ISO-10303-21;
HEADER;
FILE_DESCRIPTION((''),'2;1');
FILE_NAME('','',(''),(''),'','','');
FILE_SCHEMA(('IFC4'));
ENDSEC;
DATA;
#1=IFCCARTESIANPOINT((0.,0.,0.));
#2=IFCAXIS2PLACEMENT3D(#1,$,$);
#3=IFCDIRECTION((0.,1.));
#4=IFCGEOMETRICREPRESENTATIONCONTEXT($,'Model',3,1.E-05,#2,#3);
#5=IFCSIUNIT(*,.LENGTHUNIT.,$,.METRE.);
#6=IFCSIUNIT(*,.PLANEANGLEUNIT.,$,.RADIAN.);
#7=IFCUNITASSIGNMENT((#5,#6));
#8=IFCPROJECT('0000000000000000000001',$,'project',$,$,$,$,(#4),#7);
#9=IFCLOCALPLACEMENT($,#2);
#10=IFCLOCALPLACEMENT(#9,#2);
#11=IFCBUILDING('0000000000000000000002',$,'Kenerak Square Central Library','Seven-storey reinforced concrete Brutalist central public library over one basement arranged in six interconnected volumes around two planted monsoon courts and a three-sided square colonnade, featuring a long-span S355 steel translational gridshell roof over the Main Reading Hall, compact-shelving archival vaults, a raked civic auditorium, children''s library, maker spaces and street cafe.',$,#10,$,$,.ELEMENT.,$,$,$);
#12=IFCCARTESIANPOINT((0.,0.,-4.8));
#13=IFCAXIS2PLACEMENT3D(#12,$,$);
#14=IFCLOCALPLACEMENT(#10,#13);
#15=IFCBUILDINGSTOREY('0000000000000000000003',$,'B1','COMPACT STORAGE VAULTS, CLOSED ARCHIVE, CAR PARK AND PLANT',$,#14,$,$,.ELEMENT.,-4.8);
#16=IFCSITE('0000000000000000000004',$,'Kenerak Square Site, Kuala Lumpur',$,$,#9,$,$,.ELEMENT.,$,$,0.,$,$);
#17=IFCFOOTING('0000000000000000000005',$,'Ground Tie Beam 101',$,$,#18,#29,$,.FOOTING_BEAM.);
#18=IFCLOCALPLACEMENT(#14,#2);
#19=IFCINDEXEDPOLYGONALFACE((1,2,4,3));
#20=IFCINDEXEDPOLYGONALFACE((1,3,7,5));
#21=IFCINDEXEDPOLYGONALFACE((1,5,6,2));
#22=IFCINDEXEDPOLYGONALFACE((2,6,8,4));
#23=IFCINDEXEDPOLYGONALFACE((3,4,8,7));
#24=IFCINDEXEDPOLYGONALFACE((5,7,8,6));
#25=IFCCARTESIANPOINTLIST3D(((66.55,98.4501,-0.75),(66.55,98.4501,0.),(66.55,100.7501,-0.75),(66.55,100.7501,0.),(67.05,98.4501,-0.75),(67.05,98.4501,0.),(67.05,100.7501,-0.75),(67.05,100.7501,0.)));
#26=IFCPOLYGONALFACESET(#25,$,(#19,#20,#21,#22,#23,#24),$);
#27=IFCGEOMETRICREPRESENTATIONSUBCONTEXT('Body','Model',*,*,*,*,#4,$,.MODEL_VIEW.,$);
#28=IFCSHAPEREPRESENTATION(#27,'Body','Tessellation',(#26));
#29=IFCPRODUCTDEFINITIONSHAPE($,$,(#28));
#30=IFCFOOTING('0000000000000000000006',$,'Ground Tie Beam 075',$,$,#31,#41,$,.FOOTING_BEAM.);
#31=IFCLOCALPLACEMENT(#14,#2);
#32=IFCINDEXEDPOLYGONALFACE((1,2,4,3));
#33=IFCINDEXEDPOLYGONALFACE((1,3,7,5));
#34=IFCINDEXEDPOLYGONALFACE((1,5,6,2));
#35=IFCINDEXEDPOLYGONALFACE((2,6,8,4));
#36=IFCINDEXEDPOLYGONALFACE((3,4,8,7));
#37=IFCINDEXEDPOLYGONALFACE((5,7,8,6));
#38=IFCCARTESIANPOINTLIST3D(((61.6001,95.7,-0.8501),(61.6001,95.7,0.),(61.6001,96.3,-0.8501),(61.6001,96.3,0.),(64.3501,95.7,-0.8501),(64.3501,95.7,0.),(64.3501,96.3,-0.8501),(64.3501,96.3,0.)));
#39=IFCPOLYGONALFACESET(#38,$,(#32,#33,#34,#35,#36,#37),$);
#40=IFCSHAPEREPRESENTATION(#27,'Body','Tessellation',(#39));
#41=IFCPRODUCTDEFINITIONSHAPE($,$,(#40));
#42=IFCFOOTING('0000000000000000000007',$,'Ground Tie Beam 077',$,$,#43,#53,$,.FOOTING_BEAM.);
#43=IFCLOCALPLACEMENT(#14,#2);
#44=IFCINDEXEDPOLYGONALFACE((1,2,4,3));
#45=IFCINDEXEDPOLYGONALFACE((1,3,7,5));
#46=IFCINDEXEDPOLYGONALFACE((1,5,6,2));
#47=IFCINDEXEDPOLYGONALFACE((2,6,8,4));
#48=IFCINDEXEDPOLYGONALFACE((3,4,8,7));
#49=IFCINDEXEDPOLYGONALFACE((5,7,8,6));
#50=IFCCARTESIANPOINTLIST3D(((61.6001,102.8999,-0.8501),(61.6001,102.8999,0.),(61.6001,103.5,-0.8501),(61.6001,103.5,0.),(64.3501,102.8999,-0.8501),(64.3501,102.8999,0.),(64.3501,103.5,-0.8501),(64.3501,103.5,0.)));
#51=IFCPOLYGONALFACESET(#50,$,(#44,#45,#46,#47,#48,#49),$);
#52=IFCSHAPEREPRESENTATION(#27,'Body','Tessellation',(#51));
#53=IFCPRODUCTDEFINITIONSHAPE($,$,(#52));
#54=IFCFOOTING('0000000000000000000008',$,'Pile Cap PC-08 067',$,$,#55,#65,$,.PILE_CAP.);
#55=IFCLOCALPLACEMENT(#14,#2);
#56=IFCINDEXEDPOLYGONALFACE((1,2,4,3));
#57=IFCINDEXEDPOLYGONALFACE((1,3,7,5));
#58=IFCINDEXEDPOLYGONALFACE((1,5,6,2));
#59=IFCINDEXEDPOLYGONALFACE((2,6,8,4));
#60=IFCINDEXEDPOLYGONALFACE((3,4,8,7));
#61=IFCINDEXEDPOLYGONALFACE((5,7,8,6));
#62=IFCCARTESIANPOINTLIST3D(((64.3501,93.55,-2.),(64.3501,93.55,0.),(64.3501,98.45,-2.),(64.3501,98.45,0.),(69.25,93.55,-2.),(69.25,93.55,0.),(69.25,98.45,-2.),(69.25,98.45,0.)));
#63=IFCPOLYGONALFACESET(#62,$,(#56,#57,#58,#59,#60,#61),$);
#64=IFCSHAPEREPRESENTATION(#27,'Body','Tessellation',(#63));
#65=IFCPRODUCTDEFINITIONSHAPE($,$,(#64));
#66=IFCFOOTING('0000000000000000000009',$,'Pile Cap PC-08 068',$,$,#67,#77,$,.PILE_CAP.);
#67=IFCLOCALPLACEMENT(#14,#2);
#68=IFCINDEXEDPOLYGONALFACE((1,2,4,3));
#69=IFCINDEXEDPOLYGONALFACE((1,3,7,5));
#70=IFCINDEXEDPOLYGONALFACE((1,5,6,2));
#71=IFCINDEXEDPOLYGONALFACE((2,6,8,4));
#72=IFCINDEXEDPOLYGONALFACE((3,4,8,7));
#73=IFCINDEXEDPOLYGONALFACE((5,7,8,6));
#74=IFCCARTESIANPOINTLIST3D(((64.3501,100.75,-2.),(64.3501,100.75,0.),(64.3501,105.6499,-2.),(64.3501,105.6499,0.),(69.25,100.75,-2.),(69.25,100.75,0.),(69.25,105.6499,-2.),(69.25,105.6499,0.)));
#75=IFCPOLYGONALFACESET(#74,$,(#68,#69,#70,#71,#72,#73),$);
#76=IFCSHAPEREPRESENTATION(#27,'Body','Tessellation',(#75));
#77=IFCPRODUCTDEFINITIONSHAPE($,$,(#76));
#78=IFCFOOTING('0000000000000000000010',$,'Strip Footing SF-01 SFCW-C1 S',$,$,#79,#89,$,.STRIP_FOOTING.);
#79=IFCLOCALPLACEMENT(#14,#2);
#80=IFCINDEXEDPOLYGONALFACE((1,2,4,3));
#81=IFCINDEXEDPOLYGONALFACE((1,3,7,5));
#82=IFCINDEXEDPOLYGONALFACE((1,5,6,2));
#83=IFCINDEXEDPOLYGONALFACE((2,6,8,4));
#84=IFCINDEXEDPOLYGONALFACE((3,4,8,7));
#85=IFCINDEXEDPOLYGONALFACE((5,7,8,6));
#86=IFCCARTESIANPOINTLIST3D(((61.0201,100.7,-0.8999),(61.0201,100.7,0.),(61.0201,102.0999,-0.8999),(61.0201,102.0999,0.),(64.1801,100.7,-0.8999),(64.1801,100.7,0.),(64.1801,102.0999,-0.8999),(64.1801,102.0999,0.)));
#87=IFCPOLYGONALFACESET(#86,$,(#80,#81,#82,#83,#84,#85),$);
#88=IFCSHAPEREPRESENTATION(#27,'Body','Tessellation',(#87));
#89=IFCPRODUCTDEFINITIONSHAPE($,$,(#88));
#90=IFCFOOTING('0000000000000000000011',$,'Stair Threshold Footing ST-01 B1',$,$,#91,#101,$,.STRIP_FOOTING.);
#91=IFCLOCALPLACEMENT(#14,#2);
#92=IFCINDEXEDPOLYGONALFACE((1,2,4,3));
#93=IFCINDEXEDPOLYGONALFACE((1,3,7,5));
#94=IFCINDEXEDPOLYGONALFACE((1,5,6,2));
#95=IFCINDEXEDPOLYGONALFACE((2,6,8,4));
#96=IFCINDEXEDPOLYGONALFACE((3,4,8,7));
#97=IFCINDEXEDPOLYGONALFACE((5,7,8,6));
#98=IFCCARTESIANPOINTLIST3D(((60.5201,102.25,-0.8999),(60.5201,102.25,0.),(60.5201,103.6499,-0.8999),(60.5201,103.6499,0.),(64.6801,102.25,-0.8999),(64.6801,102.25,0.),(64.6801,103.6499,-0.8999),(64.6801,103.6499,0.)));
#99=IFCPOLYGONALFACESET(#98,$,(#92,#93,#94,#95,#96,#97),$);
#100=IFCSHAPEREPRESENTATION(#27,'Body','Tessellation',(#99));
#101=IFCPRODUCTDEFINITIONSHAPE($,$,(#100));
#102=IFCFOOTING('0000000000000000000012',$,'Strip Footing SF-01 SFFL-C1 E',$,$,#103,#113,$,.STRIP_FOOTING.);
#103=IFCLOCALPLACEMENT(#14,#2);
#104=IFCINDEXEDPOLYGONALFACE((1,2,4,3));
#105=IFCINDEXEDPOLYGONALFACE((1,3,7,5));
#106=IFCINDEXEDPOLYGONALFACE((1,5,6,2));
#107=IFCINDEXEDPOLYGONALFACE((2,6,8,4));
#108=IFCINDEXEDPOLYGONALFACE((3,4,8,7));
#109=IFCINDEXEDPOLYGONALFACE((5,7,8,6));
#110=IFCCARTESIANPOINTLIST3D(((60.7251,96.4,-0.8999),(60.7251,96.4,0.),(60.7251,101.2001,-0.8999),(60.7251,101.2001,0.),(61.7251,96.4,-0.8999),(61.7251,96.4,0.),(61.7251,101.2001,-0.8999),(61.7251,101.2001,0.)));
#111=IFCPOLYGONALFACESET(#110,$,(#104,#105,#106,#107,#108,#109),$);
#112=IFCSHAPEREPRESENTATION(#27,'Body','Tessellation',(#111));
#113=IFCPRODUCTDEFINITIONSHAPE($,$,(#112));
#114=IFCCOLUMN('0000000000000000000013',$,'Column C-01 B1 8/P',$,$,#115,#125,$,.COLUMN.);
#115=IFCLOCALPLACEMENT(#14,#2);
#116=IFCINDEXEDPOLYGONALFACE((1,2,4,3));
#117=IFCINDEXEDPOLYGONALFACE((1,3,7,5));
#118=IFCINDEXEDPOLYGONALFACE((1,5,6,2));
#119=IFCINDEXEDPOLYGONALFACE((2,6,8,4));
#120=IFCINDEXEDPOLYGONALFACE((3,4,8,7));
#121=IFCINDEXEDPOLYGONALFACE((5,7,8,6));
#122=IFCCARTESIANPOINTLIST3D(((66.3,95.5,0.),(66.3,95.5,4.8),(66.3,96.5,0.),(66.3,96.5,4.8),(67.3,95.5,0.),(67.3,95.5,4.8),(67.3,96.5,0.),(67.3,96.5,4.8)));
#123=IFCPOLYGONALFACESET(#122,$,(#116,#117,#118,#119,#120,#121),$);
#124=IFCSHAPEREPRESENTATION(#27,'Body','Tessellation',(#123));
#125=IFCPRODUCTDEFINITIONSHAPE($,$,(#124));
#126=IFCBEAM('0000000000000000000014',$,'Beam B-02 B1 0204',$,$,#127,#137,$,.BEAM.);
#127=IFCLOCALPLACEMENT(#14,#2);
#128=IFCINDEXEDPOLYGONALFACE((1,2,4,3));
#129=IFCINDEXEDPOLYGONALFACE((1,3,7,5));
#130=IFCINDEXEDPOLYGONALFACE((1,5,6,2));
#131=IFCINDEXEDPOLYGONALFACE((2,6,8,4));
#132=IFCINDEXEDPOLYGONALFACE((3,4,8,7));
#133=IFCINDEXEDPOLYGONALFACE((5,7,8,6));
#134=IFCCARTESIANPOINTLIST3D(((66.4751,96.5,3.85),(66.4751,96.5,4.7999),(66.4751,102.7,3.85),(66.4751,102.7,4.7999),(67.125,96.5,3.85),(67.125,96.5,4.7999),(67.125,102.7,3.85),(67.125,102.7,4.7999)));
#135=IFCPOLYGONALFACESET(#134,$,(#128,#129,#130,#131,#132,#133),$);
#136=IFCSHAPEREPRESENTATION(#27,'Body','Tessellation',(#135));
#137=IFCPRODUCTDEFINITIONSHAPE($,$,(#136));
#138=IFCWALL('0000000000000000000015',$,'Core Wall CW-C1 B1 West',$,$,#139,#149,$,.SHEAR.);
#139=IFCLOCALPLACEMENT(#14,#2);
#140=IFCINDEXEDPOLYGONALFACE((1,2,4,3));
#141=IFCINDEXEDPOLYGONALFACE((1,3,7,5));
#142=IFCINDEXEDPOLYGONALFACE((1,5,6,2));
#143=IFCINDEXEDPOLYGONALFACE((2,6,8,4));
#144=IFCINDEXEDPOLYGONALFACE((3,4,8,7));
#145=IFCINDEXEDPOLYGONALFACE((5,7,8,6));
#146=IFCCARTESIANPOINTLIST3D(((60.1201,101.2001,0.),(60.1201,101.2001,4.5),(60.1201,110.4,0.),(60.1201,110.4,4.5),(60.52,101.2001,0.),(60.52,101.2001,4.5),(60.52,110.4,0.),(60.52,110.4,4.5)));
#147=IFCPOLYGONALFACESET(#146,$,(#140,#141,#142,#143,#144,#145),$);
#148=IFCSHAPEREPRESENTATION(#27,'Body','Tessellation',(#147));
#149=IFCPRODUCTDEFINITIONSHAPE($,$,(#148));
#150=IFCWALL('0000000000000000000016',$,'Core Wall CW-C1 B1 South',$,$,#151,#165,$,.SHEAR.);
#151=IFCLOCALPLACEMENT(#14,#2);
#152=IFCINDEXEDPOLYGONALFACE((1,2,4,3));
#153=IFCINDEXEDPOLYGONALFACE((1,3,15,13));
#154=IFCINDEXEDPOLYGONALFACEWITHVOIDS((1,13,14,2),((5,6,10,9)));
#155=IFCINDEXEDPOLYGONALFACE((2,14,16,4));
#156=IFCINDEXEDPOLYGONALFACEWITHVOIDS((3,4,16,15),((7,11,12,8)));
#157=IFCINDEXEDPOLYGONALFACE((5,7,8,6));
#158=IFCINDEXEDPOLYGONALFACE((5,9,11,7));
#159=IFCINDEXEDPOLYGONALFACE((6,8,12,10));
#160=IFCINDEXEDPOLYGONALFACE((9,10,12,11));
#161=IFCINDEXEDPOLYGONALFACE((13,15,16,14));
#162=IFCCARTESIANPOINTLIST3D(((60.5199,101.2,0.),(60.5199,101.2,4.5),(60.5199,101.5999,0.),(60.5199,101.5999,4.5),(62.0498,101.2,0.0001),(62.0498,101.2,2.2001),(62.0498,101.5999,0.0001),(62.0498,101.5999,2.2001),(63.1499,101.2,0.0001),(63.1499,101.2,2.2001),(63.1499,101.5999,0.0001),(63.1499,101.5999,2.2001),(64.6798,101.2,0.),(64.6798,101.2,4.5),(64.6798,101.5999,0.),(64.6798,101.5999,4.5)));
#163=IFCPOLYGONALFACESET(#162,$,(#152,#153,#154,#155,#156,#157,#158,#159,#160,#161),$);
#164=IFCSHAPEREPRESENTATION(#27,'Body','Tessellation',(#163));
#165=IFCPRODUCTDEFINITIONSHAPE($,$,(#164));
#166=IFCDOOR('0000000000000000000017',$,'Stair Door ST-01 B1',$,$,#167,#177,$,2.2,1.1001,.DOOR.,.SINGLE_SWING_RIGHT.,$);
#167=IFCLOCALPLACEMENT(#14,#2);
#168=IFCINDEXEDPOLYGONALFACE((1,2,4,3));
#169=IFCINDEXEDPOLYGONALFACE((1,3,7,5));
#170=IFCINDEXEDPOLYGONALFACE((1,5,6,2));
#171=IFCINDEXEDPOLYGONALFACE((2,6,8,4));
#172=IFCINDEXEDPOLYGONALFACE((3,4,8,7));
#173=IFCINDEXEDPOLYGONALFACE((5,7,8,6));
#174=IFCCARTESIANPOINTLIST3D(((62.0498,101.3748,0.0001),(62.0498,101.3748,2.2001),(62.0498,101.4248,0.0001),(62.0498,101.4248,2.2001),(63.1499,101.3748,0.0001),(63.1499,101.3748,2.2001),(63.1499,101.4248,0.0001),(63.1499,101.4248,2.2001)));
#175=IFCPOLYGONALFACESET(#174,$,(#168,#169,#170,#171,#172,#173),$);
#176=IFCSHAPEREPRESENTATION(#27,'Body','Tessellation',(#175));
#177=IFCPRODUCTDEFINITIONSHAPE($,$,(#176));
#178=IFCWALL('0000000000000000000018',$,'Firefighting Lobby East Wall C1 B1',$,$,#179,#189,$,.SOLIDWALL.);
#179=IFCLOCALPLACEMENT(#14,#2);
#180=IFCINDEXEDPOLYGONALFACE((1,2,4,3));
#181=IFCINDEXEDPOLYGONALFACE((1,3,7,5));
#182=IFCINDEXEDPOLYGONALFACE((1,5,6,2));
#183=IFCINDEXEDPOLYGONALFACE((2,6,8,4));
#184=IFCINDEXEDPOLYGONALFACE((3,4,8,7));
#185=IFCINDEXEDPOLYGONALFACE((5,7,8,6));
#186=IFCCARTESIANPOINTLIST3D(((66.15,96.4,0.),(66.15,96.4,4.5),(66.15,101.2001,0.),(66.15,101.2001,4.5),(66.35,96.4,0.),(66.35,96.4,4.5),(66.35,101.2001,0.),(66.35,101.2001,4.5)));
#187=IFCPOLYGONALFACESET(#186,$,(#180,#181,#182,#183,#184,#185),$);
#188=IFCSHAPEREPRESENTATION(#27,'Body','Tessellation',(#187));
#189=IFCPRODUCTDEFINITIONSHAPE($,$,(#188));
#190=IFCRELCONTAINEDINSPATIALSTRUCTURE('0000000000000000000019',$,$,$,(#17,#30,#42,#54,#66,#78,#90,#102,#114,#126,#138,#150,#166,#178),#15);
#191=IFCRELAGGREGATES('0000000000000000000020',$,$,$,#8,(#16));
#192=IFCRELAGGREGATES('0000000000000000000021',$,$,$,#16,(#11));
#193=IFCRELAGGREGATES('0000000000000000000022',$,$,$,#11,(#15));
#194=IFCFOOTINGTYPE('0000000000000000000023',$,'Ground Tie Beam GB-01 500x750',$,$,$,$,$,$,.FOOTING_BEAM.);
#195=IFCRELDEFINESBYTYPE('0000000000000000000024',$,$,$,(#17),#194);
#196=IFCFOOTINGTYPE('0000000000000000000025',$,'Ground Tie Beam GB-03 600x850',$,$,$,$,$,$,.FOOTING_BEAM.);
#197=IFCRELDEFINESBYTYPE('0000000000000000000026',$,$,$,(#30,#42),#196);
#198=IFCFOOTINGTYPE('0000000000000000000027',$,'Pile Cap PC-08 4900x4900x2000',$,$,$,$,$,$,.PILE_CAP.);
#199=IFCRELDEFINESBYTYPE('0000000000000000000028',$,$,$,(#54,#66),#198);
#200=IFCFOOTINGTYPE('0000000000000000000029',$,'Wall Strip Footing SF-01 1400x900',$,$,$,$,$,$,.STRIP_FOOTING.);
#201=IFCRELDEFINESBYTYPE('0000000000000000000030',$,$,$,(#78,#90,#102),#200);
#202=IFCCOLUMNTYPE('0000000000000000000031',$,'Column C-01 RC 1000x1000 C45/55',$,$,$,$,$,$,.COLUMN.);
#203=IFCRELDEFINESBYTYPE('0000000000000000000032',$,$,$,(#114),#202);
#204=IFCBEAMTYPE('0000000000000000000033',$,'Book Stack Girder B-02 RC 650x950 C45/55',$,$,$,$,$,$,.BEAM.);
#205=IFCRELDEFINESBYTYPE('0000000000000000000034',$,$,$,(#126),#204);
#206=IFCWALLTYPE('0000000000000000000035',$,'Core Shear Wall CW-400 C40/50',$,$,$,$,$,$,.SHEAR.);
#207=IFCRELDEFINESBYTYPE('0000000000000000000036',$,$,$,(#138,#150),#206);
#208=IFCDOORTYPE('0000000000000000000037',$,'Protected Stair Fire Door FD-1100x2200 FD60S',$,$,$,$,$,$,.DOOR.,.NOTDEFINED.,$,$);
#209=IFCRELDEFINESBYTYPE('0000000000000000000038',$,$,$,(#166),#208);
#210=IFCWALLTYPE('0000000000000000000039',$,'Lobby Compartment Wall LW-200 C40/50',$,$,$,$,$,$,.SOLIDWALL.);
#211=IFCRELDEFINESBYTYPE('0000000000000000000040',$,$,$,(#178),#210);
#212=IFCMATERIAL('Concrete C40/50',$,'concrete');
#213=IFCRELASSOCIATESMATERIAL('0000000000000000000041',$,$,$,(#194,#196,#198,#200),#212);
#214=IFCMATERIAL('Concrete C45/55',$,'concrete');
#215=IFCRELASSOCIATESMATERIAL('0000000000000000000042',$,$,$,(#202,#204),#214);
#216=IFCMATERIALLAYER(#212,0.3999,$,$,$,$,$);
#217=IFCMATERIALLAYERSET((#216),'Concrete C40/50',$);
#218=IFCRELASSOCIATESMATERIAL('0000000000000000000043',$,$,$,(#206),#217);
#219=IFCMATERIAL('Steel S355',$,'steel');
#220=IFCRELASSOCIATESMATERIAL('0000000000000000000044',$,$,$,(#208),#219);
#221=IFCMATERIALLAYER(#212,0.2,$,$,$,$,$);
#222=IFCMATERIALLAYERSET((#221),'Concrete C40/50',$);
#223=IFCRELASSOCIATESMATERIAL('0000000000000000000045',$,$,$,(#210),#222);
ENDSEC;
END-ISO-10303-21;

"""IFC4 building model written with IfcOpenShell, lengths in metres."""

from ifc_helpers import new_model, si_unit, direction, frame, frame_2d, origin, origin_2d, place, context, subcontext, project, spatial, rectangle, extrude, material, layer, layer_set, material_profile, profile_set, type_object, element, fill, save


model = new_model("IFC4")

# Units and contexts
model_context = context("Model", 3, precision=1e-05, world=origin(), true_north=direction((0.0, 1.0)))
body_context = subcontext(model_context, "Body", "Model", "MODEL_VIEW")
ifc_project = project(units=[si_unit("LENGTHUNIT", "METRE"), si_unit("PLANEANGLEUNIT", "RADIAN")], contexts=[model_context])

# Site, building, storey
site_placement = place(None, origin())
site = spatial("IfcSite", under=ifc_project, at=site_placement, Name="Kenerak Square Site, Kuala Lumpur", CompositionType="ELEMENT", RefElevation=0.0)
building_placement = place(site_placement, origin())
building = spatial("IfcBuilding", under=site, at=building_placement, Name="Kenerak Square Central Library", Description="Seven-storey reinforced concrete Brutalist central public library over one basement arranged in six interconnected volumes around two planted monsoon courts and a three-sided square colonnade, featuring a long-span S355 steel translational gridshell roof over the Main Reading Hall, compact-shelving archival vaults, a raked civic auditorium, children's library, maker spaces and street cafe.", CompositionType="ELEMENT")
storey_placement = place(building_placement, frame((0.0, 0.0, -4.8)))
storey = spatial("IfcBuildingStorey", under=building, at=storey_placement, Name="B1", Description="COMPACT STORAGE VAULTS, CLOSED ARCHIVE, CAR PARK AND PLANT", CompositionType="ELEMENT", Elevation=-4.8)

# Shared definitions
ifc_material_1 = material(Name="Concrete C40/50", Category="concrete")

# Footings
footing_type_1 = type_object("IfcFootingType", Name="Ground Tie Beam GB-01 500x750", PredefinedType="FOOTING_BEAM", material=ifc_material_1)
footing_1_placement = place(storey_placement, frame((66.8, 99.6001, -0.75), z_axis=(0.0, 0.0, 1.0), x_axis=(1.0, 0.0, 0.0)))
element("IfcFooting", 1, at=footing_1_placement, inside=storey, type_object=footing_type_1, Name="Ground Tie Beam 101", PredefinedType="FOOTING_BEAM", context=body_context, shape_type="SweptSolid", body=[
    extrude(rectangle(XDim=0.5, YDim=2.3, at=origin_2d()), origin(), (0.0, 0.0, 1.0), 0.75),
])
footing_type_2 = type_object("IfcFootingType", Name="Ground Tie Beam GB-03 600x850", PredefinedType="FOOTING_BEAM", material=ifc_material_1)
for number, where, z_axis, x_axis, name in (
    (2, (62.9751, 96.0, -0.8501), (0.0, 0.0, 1.0), (1.0, 0.0, 0.0), "Ground Tie Beam 075"),
    (3, (62.9751, 103.2, -0.8501), (0.0, 0.0, 1.0), (1.0, 0.0, 0.0), "Ground Tie Beam 077"),
):
    element("IfcFooting", number, at=place(storey_placement, frame(where, z_axis=z_axis, x_axis=x_axis)), inside=storey, type_object=footing_type_2, Name=name, PredefinedType="FOOTING_BEAM", context=body_context, shape_type="SweptSolid", body=[
        extrude(rectangle(XDim=2.75, YDim=0.6001, at=origin_2d()), origin(), (0.0, 0.0, 1.0), 0.8501),
    ])
footing_type_3 = type_object("IfcFootingType", Name="Pile Cap PC-08 4900x4900x2000", PredefinedType="PILE_CAP", material=ifc_material_1)
for number, where, z_axis, x_axis, name in (
    (4, (66.8, 96.0, -2.0), (0.0, 0.0, 1.0), (1.0, 0.0, 0.0), "Pile Cap PC-08 067"),
    (5, (66.8, 103.2, -2.0), (0.0, 0.0, 1.0), (1.0, 0.0, 0.0), "Pile Cap PC-08 068"),
):
    element("IfcFooting", number, at=place(storey_placement, frame(where, z_axis=z_axis, x_axis=x_axis)), inside=storey, type_object=footing_type_3, Name=name, PredefinedType="PILE_CAP", context=body_context, shape_type="SweptSolid", body=[
        extrude(rectangle(XDim=4.8999, YDim=4.8999, at=origin_2d()), origin(), (0.0, 0.0, 1.0), 2.0),
    ])
footing_type_4 = type_object("IfcFootingType", Name="Wall Strip Footing SF-01 1400x900", PredefinedType="STRIP_FOOTING", material=ifc_material_1)
footing_2_placement = place(storey_placement, frame((62.6001, 101.3999, -0.8999), z_axis=(0.0, 0.0, 1.0), x_axis=(1.0, 0.0, 0.0)))
element("IfcFooting", 6, at=footing_2_placement, inside=storey, type_object=footing_type_4, Name="Strip Footing SF-01 SFCW-C1 S", PredefinedType="STRIP_FOOTING", context=body_context, shape_type="SweptSolid", body=[
    extrude(rectangle(XDim=3.1599, YDim=1.3999, at=origin_2d()), origin(), (0.0, 0.0, 1.0), 0.8999),
])
footing_3_placement = place(storey_placement, frame((62.6001, 102.95, -0.8999), z_axis=(0.0, 0.0, 1.0), x_axis=(1.0, 0.0, 0.0)))
element("IfcFooting", 7, at=footing_3_placement, inside=storey, type_object=footing_type_4, Name="Stair Threshold Footing ST-01 B1", PredefinedType="STRIP_FOOTING", context=body_context, shape_type="SweptSolid", body=[
    extrude(rectangle(XDim=4.1599, YDim=1.3999, at=origin_2d()), origin(), (0.0, 0.0, 1.0), 0.8999),
])
footing_4_placement = place(storey_placement, frame((61.2251, 98.8, -0.8999), z_axis=(0.0, 0.0, 1.0), x_axis=(1.0, 0.0, 0.0)))
element("IfcFooting", 8, at=footing_4_placement, inside=storey, type_object=footing_type_4, Name="Strip Footing SF-01 SFFL-C1 E", PredefinedType="STRIP_FOOTING", context=body_context, shape_type="SweptSolid", body=[
    extrude(rectangle(XDim=1.0, YDim=4.8, at=origin_2d()), origin(), (0.0, 0.0, 1.0), 0.8999),
])

# Column
ifc_material_2 = material(Name="Concrete C45/55", Category="concrete")
ifc_material_profile_1 = material_profile(ifc_material_2, rectangle(XDim=1.0, YDim=1.0, at=origin_2d()), Name="RC 1000x1000")
ifc_profile_set_1 = profile_set([ifc_material_profile_1], Name="Concrete C45/55")
column_type = type_object("IfcColumnType", Name="Column C-01 RC 1000x1000 C45/55", PredefinedType="COLUMN", material=ifc_profile_set_1)
column_placement = place(storey_placement, frame((66.8, 96.0, 0.0), z_axis=(0.0, 0.0, 1.0), x_axis=(1.0, 0.0, 0.0)))
element("IfcColumn", 9, at=column_placement, inside=storey, type_object=column_type, Name="Column C-01 B1 8/P", PredefinedType="COLUMN", context=body_context, shape_type="SweptSolid", body=[
    extrude(rectangle(XDim=1.0, YDim=1.0, at=origin_2d()), origin(), (0.0, 0.0, 1.0), 4.8),
])

# Beam
ifc_material_profile_2 = material_profile(ifc_material_2, rectangle(XDim=0.6499, YDim=0.95, at=origin_2d()), Name="RC 650x950")
ifc_profile_set_2 = profile_set([ifc_material_profile_2], Name="Concrete C45/55")
beam_type = type_object("IfcBeamType", Name="Book Stack Girder B-02 RC 650x950 C45/55", PredefinedType="BEAM", material=ifc_profile_set_2)
beam_placement = place(storey_placement, frame((66.8, 96.5, 4.325), z_axis=(0.0, 1.0, 0.0), x_axis=(-1.0, 0.0, 0.0)))
element("IfcBeam", 10, at=beam_placement, inside=storey, type_object=beam_type, Name="Beam B-02 B1 0204", PredefinedType="BEAM", context=body_context, shape_type="SweptSolid", body=[
    extrude(rectangle(XDim=0.6499, YDim=0.95, at=origin_2d()), origin(), (0.0, 0.0, 1.0), 6.2),
])

# Wall
ifc_layer_1 = layer(ifc_material_1, 0.3999)
ifc_layer_set_1 = layer_set([ifc_layer_1], Name="Concrete C40/50")
wall_type_1 = type_object("IfcWallType", Name="Core Shear Wall CW-400 C40/50", PredefinedType="SHEAR", material=ifc_layer_set_1)
wall_1_placement = place(storey_placement, frame((60.3201, 101.2, 0.0), z_axis=(0.0, 0.0, 1.0), x_axis=(0.0, 1.0, 0.0)))
element("IfcWall", 11, at=wall_1_placement, inside=storey, type_object=wall_type_1, Name="Core Wall CW-C1 B1 West", PredefinedType="SHEAR", context=body_context, shape_type="SweptSolid", body=[
    extrude(rectangle(XDim=9.2, YDim=0.3999, at=frame_2d((4.6001, 0.0))), origin(), (0.0, 0.0, 1.0), 4.5),
])

# Wall, opening, door
wall_2_placement = place(storey_placement, frame((64.6799, 101.3999, 0.0), z_axis=(0.0, 0.0, 1.0), x_axis=(-1.0, 0.0, 0.0)))
wall_2 = element("IfcWall", 12, at=wall_2_placement, inside=storey, type_object=wall_type_1, Name="Core Wall CW-C1 B1 South", PredefinedType="SHEAR", context=body_context, shape_type="SweptSolid", body=[
    extrude(rectangle(XDim=4.1599, YDim=0.3999, at=frame_2d((2.0801, 0.0))), origin(), (0.0, 0.0, 1.0), 4.5),
])
opening_1_placement = place(wall_2_placement, frame((1.53, 0.0, 0.0)))
opening_1 = element("IfcOpeningElement", 13, at=opening_1_placement, cuts=wall_2, PredefinedType="OPENING", context=body_context, shape_type="SweptSolid", body=[
    extrude(rectangle(XDim=1.1001, YDim=2.2, at=frame_2d((0.55, 1.1001))), frame((0.0, 0.21, 0.0), z_axis=(0.0, -1.0, 0.0), x_axis=(1.0, 0.0, 0.0)), (0.0, 0.0, 1.0), 0.4199),
])
ifc_material_3 = material(Name="Steel S355", Category="steel")
door_type_1 = type_object("IfcDoorType", Name="Protected Stair Fire Door FD-1100x2200 FD60S", OperationType="NOTDEFINED", PredefinedType="DOOR", material=ifc_material_3)
door_1_placement = place(opening_1_placement, frame((1.1001, 0.0, 0.0), z_axis=(0.0, 0.0, 1.0), x_axis=(-1.0, 0.0, 0.0)))
door_1 = element("IfcDoor", 14, at=door_1_placement, inside=storey, type_object=door_type_1, Name="Stair Door ST-01 B1", OperationType="SINGLE_SWING_RIGHT", OverallHeight=2.2, OverallWidth=1.1001, PredefinedType="DOOR", context=body_context, shape_type="SweptSolid", body=[
    extrude(rectangle(XDim=1.1001, YDim=2.2, at=frame_2d((0.55, 1.1001))), frame((0.0, 0.0249, 0.0), z_axis=(0.0, -1.0, 0.0), x_axis=(1.0, 0.0, 0.0)), (0.0, 0.0, 1.0), 0.05),
])
fill(opening_1, door_1)

# Wall
ifc_layer_2 = layer(ifc_material_1, 0.2)
ifc_layer_set_2 = layer_set([ifc_layer_2], Name="Concrete C40/50")
wall_type_2 = type_object("IfcWallType", Name="Lobby Compartment Wall LW-200 C40/50", PredefinedType="SOLIDWALL", material=ifc_layer_set_2)
wall_3_placement = place(storey_placement, frame((66.25, 101.2, 0.0), z_axis=(0.0, 0.0, 1.0), x_axis=(0.0, -1.0, 0.0)))
element("IfcWall", 15, at=wall_3_placement, inside=storey, type_object=wall_type_2, Name="Firefighting Lobby East Wall C1 B1", PredefinedType="SOLIDWALL", context=body_context, shape_type="SweptSolid", body=[
    extrude(rectangle(XDim=4.8, YDim=0.2, at=frame_2d((2.3999, 0.0))), origin(), (0.0, 0.0, 1.0), 4.5),
])

save(model, "model.ifc")
